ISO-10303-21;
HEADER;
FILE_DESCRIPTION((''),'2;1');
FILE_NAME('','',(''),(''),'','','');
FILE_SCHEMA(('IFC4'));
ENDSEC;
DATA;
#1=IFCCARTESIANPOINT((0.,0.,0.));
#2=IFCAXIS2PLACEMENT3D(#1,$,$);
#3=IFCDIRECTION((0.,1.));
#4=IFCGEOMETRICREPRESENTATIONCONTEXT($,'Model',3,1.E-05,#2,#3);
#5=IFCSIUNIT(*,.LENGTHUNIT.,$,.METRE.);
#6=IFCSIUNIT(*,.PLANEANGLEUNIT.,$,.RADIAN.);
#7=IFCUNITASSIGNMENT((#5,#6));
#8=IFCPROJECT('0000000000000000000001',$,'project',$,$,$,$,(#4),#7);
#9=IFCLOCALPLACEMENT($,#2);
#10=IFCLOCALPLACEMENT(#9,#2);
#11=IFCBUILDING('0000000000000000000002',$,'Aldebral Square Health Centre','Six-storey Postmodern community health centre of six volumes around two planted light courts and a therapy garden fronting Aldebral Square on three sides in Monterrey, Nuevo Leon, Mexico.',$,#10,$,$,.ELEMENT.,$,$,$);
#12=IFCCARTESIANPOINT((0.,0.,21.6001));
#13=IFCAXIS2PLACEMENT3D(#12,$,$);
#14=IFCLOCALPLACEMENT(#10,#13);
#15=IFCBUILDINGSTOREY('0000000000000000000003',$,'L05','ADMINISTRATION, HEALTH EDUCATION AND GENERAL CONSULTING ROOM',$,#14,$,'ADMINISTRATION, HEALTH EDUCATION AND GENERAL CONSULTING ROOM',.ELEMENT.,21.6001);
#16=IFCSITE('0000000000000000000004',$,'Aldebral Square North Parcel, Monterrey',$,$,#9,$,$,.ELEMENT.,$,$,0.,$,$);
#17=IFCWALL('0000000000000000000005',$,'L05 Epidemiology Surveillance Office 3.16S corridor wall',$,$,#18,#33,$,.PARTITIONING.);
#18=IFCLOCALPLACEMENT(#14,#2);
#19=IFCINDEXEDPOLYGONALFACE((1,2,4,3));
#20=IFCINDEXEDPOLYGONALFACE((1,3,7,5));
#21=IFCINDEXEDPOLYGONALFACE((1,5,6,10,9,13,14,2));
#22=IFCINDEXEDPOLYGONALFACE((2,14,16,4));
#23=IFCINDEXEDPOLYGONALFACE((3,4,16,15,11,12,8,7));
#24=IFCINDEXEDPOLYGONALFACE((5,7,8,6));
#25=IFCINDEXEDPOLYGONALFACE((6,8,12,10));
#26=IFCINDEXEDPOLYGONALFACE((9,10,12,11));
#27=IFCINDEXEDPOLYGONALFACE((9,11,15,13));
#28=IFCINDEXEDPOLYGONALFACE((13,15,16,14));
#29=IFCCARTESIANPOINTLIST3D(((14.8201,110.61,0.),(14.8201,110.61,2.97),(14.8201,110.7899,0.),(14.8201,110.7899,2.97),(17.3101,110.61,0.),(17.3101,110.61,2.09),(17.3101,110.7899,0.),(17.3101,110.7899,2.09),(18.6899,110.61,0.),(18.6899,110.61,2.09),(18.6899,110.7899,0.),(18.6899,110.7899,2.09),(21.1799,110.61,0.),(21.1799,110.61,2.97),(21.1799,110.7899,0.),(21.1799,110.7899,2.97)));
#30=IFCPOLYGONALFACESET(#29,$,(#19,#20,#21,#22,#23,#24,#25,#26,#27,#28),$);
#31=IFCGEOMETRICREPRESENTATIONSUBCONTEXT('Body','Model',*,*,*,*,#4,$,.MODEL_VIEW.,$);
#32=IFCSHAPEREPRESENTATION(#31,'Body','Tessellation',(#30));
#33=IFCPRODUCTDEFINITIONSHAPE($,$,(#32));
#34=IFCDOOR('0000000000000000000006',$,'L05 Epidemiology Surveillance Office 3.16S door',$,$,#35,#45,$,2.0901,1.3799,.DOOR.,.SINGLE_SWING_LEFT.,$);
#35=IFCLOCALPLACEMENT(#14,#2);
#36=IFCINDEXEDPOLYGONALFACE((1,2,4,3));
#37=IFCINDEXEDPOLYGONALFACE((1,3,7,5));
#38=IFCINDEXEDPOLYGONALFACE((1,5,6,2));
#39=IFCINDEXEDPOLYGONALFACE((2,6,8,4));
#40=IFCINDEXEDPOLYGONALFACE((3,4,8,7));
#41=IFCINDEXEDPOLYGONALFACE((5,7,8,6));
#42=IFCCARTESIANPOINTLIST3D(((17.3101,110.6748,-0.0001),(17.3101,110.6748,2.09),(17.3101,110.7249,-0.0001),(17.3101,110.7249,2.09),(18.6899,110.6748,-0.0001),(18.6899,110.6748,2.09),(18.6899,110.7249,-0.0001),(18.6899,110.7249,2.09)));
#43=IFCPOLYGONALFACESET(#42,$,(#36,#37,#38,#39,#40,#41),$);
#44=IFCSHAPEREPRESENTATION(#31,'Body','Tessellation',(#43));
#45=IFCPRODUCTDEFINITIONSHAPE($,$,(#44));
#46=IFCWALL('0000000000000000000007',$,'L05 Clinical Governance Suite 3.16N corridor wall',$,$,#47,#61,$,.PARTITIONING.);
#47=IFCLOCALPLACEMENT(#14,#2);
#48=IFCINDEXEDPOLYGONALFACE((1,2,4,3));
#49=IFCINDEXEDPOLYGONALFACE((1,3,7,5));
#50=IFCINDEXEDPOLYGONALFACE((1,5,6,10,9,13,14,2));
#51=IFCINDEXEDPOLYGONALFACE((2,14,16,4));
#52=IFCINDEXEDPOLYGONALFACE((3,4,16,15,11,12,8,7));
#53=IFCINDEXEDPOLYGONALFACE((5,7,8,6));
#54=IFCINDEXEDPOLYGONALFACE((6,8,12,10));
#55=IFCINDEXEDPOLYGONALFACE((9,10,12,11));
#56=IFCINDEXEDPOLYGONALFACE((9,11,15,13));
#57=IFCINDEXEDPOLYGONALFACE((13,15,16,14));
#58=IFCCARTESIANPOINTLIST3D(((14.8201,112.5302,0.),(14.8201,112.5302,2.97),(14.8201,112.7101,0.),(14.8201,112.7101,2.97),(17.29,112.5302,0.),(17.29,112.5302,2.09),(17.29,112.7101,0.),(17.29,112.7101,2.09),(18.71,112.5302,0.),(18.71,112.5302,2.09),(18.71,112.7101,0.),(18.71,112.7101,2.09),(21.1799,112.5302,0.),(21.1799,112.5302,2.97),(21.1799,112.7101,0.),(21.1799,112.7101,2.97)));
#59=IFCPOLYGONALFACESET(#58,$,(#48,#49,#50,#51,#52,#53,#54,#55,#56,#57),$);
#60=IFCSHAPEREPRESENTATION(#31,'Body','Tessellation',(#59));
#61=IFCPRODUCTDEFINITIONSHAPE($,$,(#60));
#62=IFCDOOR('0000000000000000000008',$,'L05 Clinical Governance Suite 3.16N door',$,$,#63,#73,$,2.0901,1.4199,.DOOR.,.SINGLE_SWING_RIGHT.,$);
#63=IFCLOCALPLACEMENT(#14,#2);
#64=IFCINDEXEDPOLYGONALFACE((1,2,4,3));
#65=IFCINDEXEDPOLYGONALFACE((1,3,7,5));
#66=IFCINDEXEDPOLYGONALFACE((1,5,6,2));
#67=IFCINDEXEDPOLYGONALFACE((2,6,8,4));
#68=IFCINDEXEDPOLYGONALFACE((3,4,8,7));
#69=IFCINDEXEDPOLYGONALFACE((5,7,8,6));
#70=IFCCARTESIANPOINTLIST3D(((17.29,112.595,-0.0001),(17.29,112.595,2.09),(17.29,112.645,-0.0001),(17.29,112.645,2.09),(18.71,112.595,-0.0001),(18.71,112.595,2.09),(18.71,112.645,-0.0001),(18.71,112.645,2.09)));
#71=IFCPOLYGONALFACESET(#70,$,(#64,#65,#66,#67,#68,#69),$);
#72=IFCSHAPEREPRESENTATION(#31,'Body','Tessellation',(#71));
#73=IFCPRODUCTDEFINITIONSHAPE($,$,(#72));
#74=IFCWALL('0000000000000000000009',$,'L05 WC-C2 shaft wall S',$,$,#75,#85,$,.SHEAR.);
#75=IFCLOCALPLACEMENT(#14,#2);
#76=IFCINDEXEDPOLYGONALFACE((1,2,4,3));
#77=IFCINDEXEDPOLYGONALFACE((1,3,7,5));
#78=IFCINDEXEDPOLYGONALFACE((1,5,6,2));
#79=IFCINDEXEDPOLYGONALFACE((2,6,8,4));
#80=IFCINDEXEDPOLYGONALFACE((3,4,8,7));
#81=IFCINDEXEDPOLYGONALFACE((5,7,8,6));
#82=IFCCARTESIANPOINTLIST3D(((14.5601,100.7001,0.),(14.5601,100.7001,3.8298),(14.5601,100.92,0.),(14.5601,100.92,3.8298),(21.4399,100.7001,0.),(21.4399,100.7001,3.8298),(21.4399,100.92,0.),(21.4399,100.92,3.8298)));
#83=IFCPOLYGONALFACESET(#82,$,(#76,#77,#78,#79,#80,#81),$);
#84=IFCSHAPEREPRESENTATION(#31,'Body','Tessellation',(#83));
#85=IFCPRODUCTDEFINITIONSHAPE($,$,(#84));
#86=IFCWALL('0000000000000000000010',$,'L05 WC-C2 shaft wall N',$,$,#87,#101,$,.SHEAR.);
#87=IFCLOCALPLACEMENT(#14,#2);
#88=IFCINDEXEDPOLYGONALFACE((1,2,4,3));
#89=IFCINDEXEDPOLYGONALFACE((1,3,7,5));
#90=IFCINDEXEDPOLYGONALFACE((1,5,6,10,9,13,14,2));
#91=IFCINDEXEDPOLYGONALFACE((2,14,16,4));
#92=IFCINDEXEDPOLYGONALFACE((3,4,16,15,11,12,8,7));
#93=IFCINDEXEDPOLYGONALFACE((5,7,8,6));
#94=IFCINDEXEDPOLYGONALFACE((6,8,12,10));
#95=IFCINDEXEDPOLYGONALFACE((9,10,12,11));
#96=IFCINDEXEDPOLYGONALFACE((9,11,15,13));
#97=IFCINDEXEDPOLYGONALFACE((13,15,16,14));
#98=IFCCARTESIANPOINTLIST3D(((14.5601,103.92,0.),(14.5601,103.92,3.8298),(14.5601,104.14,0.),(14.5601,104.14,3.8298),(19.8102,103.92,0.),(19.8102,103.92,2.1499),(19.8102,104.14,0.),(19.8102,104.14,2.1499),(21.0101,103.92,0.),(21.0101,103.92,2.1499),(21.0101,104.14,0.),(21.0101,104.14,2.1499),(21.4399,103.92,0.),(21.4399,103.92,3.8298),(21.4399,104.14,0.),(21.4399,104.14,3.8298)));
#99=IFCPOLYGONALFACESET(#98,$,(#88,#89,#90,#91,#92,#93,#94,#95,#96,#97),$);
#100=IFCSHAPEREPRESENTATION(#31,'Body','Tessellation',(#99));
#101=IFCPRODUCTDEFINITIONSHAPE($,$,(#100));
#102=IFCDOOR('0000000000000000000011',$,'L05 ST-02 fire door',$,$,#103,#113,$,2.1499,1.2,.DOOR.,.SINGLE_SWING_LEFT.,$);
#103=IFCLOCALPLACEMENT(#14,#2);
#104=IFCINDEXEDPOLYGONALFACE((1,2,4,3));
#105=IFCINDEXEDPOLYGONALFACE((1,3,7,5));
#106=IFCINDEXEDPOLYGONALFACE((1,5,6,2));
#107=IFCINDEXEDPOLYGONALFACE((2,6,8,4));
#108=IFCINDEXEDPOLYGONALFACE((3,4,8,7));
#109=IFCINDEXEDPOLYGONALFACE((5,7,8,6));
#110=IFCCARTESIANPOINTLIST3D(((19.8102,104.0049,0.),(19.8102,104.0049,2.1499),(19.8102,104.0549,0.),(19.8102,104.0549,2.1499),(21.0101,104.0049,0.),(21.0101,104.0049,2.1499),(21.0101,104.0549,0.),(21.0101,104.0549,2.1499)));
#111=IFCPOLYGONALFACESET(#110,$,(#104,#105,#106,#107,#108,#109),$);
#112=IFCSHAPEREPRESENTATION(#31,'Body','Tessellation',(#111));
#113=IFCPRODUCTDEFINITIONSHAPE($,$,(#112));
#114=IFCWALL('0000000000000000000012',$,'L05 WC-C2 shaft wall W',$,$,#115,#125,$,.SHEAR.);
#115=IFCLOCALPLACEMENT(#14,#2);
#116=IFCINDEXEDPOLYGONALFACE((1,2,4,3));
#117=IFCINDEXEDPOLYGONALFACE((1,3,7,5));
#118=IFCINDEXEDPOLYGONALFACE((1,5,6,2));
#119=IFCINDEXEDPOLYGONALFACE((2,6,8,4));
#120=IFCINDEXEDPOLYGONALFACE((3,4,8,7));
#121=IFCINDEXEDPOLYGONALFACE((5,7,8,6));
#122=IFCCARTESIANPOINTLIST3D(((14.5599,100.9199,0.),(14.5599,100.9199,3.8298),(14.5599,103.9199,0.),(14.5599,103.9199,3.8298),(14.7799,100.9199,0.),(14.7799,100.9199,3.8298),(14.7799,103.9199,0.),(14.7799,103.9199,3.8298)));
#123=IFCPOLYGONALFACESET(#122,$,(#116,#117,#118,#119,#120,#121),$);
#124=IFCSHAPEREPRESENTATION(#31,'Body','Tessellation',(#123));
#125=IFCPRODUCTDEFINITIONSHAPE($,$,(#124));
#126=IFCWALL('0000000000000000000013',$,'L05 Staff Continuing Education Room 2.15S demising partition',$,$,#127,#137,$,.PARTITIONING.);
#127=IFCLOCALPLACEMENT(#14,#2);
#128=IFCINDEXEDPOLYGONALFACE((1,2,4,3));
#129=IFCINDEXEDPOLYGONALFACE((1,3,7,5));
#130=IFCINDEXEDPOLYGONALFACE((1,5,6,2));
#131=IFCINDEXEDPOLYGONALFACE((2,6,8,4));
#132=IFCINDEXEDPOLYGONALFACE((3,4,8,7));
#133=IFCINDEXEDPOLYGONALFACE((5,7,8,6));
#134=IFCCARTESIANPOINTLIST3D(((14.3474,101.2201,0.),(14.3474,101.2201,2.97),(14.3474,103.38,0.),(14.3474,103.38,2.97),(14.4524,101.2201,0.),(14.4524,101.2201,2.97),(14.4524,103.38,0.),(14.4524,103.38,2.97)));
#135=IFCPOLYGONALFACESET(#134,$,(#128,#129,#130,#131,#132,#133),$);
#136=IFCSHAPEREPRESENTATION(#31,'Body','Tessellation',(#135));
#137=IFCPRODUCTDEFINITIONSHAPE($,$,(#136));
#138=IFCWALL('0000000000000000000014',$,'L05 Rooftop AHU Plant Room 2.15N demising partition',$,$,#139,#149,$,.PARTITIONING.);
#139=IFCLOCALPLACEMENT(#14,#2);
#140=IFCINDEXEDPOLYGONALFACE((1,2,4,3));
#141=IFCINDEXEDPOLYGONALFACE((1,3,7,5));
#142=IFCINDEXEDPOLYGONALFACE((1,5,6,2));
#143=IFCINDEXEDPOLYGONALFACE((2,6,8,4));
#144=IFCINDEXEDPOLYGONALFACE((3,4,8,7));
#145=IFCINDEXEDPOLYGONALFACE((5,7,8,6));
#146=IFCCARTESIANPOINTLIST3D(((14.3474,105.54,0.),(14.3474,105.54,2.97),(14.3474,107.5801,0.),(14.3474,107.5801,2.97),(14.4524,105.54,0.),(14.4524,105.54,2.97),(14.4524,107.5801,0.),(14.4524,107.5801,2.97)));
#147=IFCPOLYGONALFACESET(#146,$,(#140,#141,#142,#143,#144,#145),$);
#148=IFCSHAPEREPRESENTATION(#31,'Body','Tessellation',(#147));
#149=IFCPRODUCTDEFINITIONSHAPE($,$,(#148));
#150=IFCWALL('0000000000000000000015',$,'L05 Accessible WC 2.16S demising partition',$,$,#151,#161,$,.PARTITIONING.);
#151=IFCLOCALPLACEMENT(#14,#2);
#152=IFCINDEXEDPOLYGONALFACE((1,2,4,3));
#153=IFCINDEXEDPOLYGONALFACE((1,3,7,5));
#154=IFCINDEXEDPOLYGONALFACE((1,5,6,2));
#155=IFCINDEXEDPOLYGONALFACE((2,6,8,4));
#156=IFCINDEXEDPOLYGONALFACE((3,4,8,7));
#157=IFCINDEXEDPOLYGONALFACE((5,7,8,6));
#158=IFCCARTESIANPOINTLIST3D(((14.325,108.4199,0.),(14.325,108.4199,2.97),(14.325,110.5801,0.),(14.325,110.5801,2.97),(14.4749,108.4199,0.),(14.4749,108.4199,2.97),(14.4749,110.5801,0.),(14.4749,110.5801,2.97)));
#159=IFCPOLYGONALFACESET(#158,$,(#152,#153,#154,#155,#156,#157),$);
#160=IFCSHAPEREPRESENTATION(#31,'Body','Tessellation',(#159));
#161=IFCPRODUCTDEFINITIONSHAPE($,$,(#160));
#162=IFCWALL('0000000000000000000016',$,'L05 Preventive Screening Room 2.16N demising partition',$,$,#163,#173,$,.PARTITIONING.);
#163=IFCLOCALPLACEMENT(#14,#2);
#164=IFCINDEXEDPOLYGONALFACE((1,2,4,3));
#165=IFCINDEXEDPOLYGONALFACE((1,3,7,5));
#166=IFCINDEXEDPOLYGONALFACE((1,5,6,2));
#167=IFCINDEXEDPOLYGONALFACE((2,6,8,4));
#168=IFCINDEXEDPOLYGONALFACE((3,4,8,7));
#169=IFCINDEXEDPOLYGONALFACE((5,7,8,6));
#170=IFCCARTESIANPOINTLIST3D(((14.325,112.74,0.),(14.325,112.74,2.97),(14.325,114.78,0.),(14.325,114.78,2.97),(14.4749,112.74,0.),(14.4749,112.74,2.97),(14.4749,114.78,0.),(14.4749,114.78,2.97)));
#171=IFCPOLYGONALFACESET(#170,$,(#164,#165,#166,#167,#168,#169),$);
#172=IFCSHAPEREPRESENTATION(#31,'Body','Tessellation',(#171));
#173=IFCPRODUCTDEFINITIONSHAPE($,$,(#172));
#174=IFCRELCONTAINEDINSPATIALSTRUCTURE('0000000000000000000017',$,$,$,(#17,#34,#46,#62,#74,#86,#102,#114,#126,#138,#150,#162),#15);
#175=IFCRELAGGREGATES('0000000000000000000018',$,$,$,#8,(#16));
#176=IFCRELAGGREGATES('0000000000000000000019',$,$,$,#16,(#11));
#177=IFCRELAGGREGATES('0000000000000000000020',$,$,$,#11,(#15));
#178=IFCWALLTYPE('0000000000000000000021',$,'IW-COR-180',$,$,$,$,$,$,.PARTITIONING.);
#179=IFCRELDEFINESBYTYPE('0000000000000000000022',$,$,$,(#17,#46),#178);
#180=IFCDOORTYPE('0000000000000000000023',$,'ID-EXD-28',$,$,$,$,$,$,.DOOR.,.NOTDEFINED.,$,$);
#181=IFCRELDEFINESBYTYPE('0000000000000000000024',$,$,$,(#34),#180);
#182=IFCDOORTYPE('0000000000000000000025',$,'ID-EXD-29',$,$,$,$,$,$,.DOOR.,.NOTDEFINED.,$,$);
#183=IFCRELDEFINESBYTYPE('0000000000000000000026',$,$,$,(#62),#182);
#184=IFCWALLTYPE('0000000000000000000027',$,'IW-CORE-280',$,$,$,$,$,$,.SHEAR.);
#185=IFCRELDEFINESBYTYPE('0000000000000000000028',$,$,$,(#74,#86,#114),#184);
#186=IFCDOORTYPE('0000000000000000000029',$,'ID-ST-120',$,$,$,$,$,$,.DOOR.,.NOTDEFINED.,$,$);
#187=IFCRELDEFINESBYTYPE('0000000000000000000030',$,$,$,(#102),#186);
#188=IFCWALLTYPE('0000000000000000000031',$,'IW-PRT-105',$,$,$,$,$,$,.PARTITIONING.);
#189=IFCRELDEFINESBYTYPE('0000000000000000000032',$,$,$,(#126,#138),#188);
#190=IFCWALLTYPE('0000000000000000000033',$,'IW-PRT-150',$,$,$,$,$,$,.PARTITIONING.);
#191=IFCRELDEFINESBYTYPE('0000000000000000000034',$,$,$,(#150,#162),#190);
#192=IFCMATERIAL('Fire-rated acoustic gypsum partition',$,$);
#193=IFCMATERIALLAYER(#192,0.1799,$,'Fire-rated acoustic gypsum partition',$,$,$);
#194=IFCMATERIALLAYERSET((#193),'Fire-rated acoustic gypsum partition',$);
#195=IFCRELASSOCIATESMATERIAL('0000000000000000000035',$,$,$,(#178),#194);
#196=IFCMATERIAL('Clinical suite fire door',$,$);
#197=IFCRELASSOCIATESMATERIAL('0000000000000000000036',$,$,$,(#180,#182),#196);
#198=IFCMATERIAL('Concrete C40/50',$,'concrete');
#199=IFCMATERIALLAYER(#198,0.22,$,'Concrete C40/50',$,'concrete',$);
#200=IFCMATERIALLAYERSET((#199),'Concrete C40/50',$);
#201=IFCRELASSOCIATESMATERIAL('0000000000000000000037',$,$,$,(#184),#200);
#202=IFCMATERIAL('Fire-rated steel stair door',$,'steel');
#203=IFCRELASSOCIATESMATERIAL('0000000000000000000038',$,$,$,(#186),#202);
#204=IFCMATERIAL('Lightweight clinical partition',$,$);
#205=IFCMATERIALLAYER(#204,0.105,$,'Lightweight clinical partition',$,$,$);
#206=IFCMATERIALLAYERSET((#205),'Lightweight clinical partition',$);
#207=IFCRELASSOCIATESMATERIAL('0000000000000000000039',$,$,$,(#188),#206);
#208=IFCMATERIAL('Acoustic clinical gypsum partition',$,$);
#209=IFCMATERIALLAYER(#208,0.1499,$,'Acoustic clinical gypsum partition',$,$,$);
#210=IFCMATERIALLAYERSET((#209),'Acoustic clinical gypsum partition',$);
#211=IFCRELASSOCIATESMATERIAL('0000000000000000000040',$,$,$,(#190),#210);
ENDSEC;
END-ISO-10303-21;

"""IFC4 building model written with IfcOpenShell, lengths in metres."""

from ifc_helpers import new_model, si_unit, direction, frame, frame_2d, origin, place, context, subcontext, project, spatial, rectangle, extrude, material, layer, layer_set, type_object, element, fill, save


model = new_model("IFC4")

# Units and contexts
model_context = context("Model", 3, precision=1e-05, world=origin(), true_north=direction((0.0, 1.0)))
body_context = subcontext(model_context, "Body", "Model", "MODEL_VIEW")
ifc_project = project(units=[si_unit("LENGTHUNIT", "METRE"), si_unit("PLANEANGLEUNIT", "RADIAN")], contexts=[model_context])

# Site, building, storey
site_placement = place(None, origin())
site = spatial("IfcSite", under=ifc_project, at=site_placement, Name="Aldebral Square North Parcel, Monterrey", CompositionType="ELEMENT", RefElevation=0.0)
building_placement = place(site_placement, origin())
building = spatial("IfcBuilding", under=site, at=building_placement, Name="Aldebral Square Health Centre", Description="Six-storey Postmodern community health centre of six volumes around two planted light courts and a therapy garden fronting Aldebral Square on three sides in Monterrey, Nuevo Leon, Mexico.", CompositionType="ELEMENT")
storey_placement = place(building_placement, frame((0.0, 0.0, 21.6001)))
storey = spatial("IfcBuildingStorey", under=building, at=storey_placement, Name="L05", Description="ADMINISTRATION, HEALTH EDUCATION AND GENERAL CONSULTING ROOM", LongName="ADMINISTRATION, HEALTH EDUCATION AND GENERAL CONSULTING ROOM", CompositionType="ELEMENT", Elevation=21.6001)

# Shared definitions
ifc_material_1 = material(Name="Concrete C40/50", Category="concrete")

# Walls, openings, doors
ifc_material_2 = material(Name="Fire-rated acoustic gypsum partition")
ifc_layer_1 = layer(ifc_material_2, 0.1799, Name="Fire-rated acoustic gypsum partition")
ifc_layer_set_1 = layer_set([ifc_layer_1], Name="Fire-rated acoustic gypsum partition")
wall_type_1 = type_object("IfcWallType", Name="IW-COR-180", PredefinedType="PARTITIONING", material=ifc_layer_set_1)
wall_1_placement = place(storey_placement, frame((14.8201, 110.7, 0.0), z_axis=(0.0, 0.0, 1.0), x_axis=(1.0, 0.0, 0.0)))
wall_1 = element("IfcWall", 1, at=wall_1_placement, inside=storey, type_object=wall_type_1, Name="L05 Epidemiology Surveillance Office 3.16S corridor wall", PredefinedType="PARTITIONING", context=body_context, shape_type="SweptSolid", body=[
    extrude(rectangle(XDim=6.3599, YDim=0.1799, at=frame_2d((3.1799, 0.0))), origin(), (0.0, 0.0, 1.0), 2.97),
])
opening_1_placement = place(wall_1_placement, frame((2.49, 0.0, 0.0)))
opening_1 = element("IfcOpeningElement", 2, at=opening_1_placement, cuts=wall_1, PredefinedType="OPENING", context=body_context, shape_type="SweptSolid", body=[
    extrude(rectangle(XDim=1.3799, YDim=2.0901, at=frame_2d((0.6899, 1.0449))), frame((0.0, 0.1001, 0.0), z_axis=(0.0, -1.0, 0.0), x_axis=(1.0, 0.0, 0.0)), (0.0, 0.0, 1.0), 0.2),
])
ifc_material_3 = material(Name="Clinical suite fire door")
door_type_1 = type_object("IfcDoorType", Name="ID-EXD-28", OperationType="NOTDEFINED", PredefinedType="DOOR", material=ifc_material_3)
door_1_placement = place(opening_1_placement, origin())
door_1 = element("IfcDoor", 3, at=door_1_placement, inside=storey, type_object=door_type_1, Name="L05 Epidemiology Surveillance Office 3.16S door", OperationType="SINGLE_SWING_LEFT", OverallHeight=2.0901, OverallWidth=1.3799, PredefinedType="DOOR", context=body_context, shape_type="SweptSolid", body=[
    extrude(rectangle(XDim=1.3799, YDim=2.0901, at=frame_2d((0.6899, 1.0449))), frame((0.0, 0.0249, 0.0), z_axis=(0.0, -1.0, 0.0), x_axis=(1.0, 0.0, 0.0)), (0.0, 0.0, 1.0), 0.05),
])
fill(opening_1, door_1)
wall_2_placement = place(storey_placement, frame((14.8201, 112.6201, 0.0), z_axis=(0.0, 0.0, 1.0), x_axis=(1.0, 0.0, 0.0)))
wall_2 = element("IfcWall", 4, at=wall_2_placement, inside=storey, type_object=wall_type_1, Name="L05 Clinical Governance Suite 3.16N corridor wall", PredefinedType="PARTITIONING", context=body_context, shape_type="SweptSolid", body=[
    extrude(rectangle(XDim=6.3599, YDim=0.1799, at=frame_2d((3.1799, 0.0))), origin(), (0.0, 0.0, 1.0), 2.97),
])
opening_2_placement = place(wall_2_placement, frame((2.47, 0.0, 0.0)))
opening_2 = element("IfcOpeningElement", 5, at=opening_2_placement, cuts=wall_2, PredefinedType="OPENING", context=body_context, shape_type="SweptSolid", body=[
    extrude(rectangle(XDim=1.4199, YDim=2.0901, at=frame_2d((0.71, 1.0449))), frame((0.0, 0.1001, 0.0), z_axis=(0.0, -1.0, 0.0), x_axis=(1.0, 0.0, 0.0)), (0.0, 0.0, 1.0), 0.2),
])
door_type_2 = type_object("IfcDoorType", Name="ID-EXD-29", OperationType="NOTDEFINED", PredefinedType="DOOR", material=ifc_material_3)
door_2_placement = place(opening_2_placement, origin())
door_2 = element("IfcDoor", 6, at=door_2_placement, inside=storey, type_object=door_type_2, Name="L05 Clinical Governance Suite 3.16N door", OperationType="SINGLE_SWING_RIGHT", OverallHeight=2.0901, OverallWidth=1.4199, PredefinedType="DOOR", context=body_context, shape_type="SweptSolid", body=[
    extrude(rectangle(XDim=1.4199, YDim=2.0901, at=frame_2d((0.71, 1.0449))), frame((0.0, 0.0249, 0.0), z_axis=(0.0, -1.0, 0.0), x_axis=(1.0, 0.0, 0.0)), (0.0, 0.0, 1.0), 0.05),
])
fill(opening_2, door_2)

# Wall
ifc_layer_2 = layer(ifc_material_1, 0.22, Name="Concrete C40/50", Category="concrete")
ifc_layer_set_2 = layer_set([ifc_layer_2], Name="Concrete C40/50")
wall_type_2 = type_object("IfcWallType", Name="IW-CORE-280", PredefinedType="SHEAR", material=ifc_layer_set_2)
wall_3_placement = place(storey_placement, frame((14.5601, 100.8101, 0.0), z_axis=(0.0, 0.0, 1.0), x_axis=(1.0, 0.0, 0.0)))
element("IfcWall", 7, at=wall_3_placement, inside=storey, type_object=wall_type_2, Name="L05 WC-C2 shaft wall S", PredefinedType="SHEAR", context=body_context, shape_type="SweptSolid", body=[
    extrude(rectangle(XDim=6.8799, YDim=0.22, at=frame_2d((3.4399, 0.0))), origin(), (0.0, 0.0, 1.0), 3.8298),
])

# Wall, opening, door
wall_4_placement = place(storey_placement, frame((14.5601, 104.03, 0.0), z_axis=(0.0, 0.0, 1.0), x_axis=(1.0, 0.0, 0.0)))
wall_4 = element("IfcWall", 8, at=wall_4_placement, inside=storey, type_object=wall_type_2, Name="L05 WC-C2 shaft wall N", PredefinedType="SHEAR", context=body_context, shape_type="SweptSolid", body=[
    extrude(rectangle(XDim=6.8799, YDim=0.22, at=frame_2d((3.4399, 0.0))), origin(), (0.0, 0.0, 1.0), 3.8298),
])
opening_3_placement = place(wall_4_placement, frame((5.25, 0.0, 0.0)))
opening_3 = element("IfcOpeningElement", 9, at=opening_3_placement, cuts=wall_4, PredefinedType="OPENING", context=body_context, shape_type="SweptSolid", body=[
    extrude(rectangle(XDim=1.2, YDim=2.1499, at=frame_2d((0.6001, 1.075))), frame((0.0, 0.1201, 0.0), z_axis=(0.0, -1.0, 0.0), x_axis=(1.0, 0.0, 0.0)), (0.0, 0.0, 1.0), 0.24),
])
ifc_material_4 = material(Name="Fire-rated steel stair door", Category="steel")
door_type_3 = type_object("IfcDoorType", Name="ID-ST-120", OperationType="NOTDEFINED", PredefinedType="DOOR", material=ifc_material_4)
door_3_placement = place(opening_3_placement, origin())
door_3 = element("IfcDoor", 10, at=door_3_placement, inside=storey, type_object=door_type_3, Name="L05 ST-02 fire door", OperationType="SINGLE_SWING_LEFT", OverallHeight=2.1499, OverallWidth=1.2, PredefinedType="DOOR", context=body_context, shape_type="SweptSolid", body=[
    extrude(rectangle(XDim=1.2, YDim=2.1499, at=frame_2d((0.6001, 1.075))), frame((0.0, 0.0249, 0.0), z_axis=(0.0, -1.0, 0.0), x_axis=(1.0, 0.0, 0.0)), (0.0, 0.0, 1.0), 0.05),
])
fill(opening_3, door_3)

# Walls
wall_5_placement = place(storey_placement, frame((14.6699, 100.9199, 0.0), z_axis=(0.0, 0.0, 1.0), x_axis=(0.0, 1.0, 0.0)))
element("IfcWall", 11, at=wall_5_placement, inside=storey, type_object=wall_type_2, Name="L05 WC-C2 shaft wall W", PredefinedType="SHEAR", context=body_context, shape_type="SweptSolid", body=[
    extrude(rectangle(XDim=3.0, YDim=0.22, at=frame_2d((1.5, 0.0))), origin(), (0.0, 0.0, 1.0), 3.8298),
])
ifc_material_5 = material(Name="Lightweight clinical partition")
ifc_layer_3 = layer(ifc_material_5, 0.105, Name="Lightweight clinical partition")
ifc_layer_set_3 = layer_set([ifc_layer_3], Name="Lightweight clinical partition")
wall_type_3 = type_object("IfcWallType", Name="IW-PRT-105", PredefinedType="PARTITIONING", material=ifc_layer_set_3)
wall_6_placement = place(storey_placement, frame((14.3999, 101.22, 0.0), z_axis=(0.0, 0.0, 1.0), x_axis=(0.0, 1.0, 0.0)))
element("IfcWall", 12, at=wall_6_placement, inside=storey, type_object=wall_type_3, Name="L05 Staff Continuing Education Room 2.15S demising partition", PredefinedType="PARTITIONING", context=body_context, shape_type="SweptSolid", body=[
    extrude(rectangle(XDim=2.1599, YDim=0.105, at=frame_2d((1.0801, 0.0))), origin(), (0.0, 0.0, 1.0), 2.97),
])
wall_7_placement = place(storey_placement, frame((14.3999, 105.54, 0.0), z_axis=(0.0, 0.0, 1.0), x_axis=(0.0, 1.0, 0.0)))
element("IfcWall", 13, at=wall_7_placement, inside=storey, type_object=wall_type_3, Name="L05 Rooftop AHU Plant Room 2.15N demising partition", PredefinedType="PARTITIONING", context=body_context, shape_type="SweptSolid", body=[
    extrude(rectangle(XDim=2.04, YDim=0.105, at=frame_2d((1.02, 0.0))), origin(), (0.0, 0.0, 1.0), 2.97),
])
ifc_material_6 = material(Name="Acoustic clinical gypsum partition")
ifc_layer_4 = layer(ifc_material_6, 0.1499, Name="Acoustic clinical gypsum partition")
ifc_layer_set_4 = layer_set([ifc_layer_4], Name="Acoustic clinical gypsum partition")
wall_type_4 = type_object("IfcWallType", Name="IW-PRT-150", PredefinedType="PARTITIONING", material=ifc_layer_set_4)
wall_8_placement = place(storey_placement, frame((14.3999, 108.4199, 0.0), z_axis=(0.0, 0.0, 1.0), x_axis=(0.0, 1.0, 0.0)))
element("IfcWall", 14, at=wall_8_placement, inside=storey, type_object=wall_type_4, Name="L05 Accessible WC 2.16S demising partition", PredefinedType="PARTITIONING", context=body_context, shape_type="SweptSolid", body=[
    extrude(rectangle(XDim=2.1602, YDim=0.1499, at=frame_2d((1.0801, 0.0))), origin(), (0.0, 0.0, 1.0), 2.97),
])
wall_9_placement = place(storey_placement, frame((14.3999, 112.74, 0.0), z_axis=(0.0, 0.0, 1.0), x_axis=(0.0, 1.0, 0.0)))
element("IfcWall", 15, at=wall_9_placement, inside=storey, type_object=wall_type_4, Name="L05 Preventive Screening Room 2.16N demising partition", PredefinedType="PARTITIONING", context=body_context, shape_type="SweptSolid", body=[
    extrude(rectangle(XDim=2.04, YDim=0.1499, at=frame_2d((1.02, 0.0))), origin(), (0.0, 0.0, 1.0), 2.97),
])

save(model, "model.ifc")
